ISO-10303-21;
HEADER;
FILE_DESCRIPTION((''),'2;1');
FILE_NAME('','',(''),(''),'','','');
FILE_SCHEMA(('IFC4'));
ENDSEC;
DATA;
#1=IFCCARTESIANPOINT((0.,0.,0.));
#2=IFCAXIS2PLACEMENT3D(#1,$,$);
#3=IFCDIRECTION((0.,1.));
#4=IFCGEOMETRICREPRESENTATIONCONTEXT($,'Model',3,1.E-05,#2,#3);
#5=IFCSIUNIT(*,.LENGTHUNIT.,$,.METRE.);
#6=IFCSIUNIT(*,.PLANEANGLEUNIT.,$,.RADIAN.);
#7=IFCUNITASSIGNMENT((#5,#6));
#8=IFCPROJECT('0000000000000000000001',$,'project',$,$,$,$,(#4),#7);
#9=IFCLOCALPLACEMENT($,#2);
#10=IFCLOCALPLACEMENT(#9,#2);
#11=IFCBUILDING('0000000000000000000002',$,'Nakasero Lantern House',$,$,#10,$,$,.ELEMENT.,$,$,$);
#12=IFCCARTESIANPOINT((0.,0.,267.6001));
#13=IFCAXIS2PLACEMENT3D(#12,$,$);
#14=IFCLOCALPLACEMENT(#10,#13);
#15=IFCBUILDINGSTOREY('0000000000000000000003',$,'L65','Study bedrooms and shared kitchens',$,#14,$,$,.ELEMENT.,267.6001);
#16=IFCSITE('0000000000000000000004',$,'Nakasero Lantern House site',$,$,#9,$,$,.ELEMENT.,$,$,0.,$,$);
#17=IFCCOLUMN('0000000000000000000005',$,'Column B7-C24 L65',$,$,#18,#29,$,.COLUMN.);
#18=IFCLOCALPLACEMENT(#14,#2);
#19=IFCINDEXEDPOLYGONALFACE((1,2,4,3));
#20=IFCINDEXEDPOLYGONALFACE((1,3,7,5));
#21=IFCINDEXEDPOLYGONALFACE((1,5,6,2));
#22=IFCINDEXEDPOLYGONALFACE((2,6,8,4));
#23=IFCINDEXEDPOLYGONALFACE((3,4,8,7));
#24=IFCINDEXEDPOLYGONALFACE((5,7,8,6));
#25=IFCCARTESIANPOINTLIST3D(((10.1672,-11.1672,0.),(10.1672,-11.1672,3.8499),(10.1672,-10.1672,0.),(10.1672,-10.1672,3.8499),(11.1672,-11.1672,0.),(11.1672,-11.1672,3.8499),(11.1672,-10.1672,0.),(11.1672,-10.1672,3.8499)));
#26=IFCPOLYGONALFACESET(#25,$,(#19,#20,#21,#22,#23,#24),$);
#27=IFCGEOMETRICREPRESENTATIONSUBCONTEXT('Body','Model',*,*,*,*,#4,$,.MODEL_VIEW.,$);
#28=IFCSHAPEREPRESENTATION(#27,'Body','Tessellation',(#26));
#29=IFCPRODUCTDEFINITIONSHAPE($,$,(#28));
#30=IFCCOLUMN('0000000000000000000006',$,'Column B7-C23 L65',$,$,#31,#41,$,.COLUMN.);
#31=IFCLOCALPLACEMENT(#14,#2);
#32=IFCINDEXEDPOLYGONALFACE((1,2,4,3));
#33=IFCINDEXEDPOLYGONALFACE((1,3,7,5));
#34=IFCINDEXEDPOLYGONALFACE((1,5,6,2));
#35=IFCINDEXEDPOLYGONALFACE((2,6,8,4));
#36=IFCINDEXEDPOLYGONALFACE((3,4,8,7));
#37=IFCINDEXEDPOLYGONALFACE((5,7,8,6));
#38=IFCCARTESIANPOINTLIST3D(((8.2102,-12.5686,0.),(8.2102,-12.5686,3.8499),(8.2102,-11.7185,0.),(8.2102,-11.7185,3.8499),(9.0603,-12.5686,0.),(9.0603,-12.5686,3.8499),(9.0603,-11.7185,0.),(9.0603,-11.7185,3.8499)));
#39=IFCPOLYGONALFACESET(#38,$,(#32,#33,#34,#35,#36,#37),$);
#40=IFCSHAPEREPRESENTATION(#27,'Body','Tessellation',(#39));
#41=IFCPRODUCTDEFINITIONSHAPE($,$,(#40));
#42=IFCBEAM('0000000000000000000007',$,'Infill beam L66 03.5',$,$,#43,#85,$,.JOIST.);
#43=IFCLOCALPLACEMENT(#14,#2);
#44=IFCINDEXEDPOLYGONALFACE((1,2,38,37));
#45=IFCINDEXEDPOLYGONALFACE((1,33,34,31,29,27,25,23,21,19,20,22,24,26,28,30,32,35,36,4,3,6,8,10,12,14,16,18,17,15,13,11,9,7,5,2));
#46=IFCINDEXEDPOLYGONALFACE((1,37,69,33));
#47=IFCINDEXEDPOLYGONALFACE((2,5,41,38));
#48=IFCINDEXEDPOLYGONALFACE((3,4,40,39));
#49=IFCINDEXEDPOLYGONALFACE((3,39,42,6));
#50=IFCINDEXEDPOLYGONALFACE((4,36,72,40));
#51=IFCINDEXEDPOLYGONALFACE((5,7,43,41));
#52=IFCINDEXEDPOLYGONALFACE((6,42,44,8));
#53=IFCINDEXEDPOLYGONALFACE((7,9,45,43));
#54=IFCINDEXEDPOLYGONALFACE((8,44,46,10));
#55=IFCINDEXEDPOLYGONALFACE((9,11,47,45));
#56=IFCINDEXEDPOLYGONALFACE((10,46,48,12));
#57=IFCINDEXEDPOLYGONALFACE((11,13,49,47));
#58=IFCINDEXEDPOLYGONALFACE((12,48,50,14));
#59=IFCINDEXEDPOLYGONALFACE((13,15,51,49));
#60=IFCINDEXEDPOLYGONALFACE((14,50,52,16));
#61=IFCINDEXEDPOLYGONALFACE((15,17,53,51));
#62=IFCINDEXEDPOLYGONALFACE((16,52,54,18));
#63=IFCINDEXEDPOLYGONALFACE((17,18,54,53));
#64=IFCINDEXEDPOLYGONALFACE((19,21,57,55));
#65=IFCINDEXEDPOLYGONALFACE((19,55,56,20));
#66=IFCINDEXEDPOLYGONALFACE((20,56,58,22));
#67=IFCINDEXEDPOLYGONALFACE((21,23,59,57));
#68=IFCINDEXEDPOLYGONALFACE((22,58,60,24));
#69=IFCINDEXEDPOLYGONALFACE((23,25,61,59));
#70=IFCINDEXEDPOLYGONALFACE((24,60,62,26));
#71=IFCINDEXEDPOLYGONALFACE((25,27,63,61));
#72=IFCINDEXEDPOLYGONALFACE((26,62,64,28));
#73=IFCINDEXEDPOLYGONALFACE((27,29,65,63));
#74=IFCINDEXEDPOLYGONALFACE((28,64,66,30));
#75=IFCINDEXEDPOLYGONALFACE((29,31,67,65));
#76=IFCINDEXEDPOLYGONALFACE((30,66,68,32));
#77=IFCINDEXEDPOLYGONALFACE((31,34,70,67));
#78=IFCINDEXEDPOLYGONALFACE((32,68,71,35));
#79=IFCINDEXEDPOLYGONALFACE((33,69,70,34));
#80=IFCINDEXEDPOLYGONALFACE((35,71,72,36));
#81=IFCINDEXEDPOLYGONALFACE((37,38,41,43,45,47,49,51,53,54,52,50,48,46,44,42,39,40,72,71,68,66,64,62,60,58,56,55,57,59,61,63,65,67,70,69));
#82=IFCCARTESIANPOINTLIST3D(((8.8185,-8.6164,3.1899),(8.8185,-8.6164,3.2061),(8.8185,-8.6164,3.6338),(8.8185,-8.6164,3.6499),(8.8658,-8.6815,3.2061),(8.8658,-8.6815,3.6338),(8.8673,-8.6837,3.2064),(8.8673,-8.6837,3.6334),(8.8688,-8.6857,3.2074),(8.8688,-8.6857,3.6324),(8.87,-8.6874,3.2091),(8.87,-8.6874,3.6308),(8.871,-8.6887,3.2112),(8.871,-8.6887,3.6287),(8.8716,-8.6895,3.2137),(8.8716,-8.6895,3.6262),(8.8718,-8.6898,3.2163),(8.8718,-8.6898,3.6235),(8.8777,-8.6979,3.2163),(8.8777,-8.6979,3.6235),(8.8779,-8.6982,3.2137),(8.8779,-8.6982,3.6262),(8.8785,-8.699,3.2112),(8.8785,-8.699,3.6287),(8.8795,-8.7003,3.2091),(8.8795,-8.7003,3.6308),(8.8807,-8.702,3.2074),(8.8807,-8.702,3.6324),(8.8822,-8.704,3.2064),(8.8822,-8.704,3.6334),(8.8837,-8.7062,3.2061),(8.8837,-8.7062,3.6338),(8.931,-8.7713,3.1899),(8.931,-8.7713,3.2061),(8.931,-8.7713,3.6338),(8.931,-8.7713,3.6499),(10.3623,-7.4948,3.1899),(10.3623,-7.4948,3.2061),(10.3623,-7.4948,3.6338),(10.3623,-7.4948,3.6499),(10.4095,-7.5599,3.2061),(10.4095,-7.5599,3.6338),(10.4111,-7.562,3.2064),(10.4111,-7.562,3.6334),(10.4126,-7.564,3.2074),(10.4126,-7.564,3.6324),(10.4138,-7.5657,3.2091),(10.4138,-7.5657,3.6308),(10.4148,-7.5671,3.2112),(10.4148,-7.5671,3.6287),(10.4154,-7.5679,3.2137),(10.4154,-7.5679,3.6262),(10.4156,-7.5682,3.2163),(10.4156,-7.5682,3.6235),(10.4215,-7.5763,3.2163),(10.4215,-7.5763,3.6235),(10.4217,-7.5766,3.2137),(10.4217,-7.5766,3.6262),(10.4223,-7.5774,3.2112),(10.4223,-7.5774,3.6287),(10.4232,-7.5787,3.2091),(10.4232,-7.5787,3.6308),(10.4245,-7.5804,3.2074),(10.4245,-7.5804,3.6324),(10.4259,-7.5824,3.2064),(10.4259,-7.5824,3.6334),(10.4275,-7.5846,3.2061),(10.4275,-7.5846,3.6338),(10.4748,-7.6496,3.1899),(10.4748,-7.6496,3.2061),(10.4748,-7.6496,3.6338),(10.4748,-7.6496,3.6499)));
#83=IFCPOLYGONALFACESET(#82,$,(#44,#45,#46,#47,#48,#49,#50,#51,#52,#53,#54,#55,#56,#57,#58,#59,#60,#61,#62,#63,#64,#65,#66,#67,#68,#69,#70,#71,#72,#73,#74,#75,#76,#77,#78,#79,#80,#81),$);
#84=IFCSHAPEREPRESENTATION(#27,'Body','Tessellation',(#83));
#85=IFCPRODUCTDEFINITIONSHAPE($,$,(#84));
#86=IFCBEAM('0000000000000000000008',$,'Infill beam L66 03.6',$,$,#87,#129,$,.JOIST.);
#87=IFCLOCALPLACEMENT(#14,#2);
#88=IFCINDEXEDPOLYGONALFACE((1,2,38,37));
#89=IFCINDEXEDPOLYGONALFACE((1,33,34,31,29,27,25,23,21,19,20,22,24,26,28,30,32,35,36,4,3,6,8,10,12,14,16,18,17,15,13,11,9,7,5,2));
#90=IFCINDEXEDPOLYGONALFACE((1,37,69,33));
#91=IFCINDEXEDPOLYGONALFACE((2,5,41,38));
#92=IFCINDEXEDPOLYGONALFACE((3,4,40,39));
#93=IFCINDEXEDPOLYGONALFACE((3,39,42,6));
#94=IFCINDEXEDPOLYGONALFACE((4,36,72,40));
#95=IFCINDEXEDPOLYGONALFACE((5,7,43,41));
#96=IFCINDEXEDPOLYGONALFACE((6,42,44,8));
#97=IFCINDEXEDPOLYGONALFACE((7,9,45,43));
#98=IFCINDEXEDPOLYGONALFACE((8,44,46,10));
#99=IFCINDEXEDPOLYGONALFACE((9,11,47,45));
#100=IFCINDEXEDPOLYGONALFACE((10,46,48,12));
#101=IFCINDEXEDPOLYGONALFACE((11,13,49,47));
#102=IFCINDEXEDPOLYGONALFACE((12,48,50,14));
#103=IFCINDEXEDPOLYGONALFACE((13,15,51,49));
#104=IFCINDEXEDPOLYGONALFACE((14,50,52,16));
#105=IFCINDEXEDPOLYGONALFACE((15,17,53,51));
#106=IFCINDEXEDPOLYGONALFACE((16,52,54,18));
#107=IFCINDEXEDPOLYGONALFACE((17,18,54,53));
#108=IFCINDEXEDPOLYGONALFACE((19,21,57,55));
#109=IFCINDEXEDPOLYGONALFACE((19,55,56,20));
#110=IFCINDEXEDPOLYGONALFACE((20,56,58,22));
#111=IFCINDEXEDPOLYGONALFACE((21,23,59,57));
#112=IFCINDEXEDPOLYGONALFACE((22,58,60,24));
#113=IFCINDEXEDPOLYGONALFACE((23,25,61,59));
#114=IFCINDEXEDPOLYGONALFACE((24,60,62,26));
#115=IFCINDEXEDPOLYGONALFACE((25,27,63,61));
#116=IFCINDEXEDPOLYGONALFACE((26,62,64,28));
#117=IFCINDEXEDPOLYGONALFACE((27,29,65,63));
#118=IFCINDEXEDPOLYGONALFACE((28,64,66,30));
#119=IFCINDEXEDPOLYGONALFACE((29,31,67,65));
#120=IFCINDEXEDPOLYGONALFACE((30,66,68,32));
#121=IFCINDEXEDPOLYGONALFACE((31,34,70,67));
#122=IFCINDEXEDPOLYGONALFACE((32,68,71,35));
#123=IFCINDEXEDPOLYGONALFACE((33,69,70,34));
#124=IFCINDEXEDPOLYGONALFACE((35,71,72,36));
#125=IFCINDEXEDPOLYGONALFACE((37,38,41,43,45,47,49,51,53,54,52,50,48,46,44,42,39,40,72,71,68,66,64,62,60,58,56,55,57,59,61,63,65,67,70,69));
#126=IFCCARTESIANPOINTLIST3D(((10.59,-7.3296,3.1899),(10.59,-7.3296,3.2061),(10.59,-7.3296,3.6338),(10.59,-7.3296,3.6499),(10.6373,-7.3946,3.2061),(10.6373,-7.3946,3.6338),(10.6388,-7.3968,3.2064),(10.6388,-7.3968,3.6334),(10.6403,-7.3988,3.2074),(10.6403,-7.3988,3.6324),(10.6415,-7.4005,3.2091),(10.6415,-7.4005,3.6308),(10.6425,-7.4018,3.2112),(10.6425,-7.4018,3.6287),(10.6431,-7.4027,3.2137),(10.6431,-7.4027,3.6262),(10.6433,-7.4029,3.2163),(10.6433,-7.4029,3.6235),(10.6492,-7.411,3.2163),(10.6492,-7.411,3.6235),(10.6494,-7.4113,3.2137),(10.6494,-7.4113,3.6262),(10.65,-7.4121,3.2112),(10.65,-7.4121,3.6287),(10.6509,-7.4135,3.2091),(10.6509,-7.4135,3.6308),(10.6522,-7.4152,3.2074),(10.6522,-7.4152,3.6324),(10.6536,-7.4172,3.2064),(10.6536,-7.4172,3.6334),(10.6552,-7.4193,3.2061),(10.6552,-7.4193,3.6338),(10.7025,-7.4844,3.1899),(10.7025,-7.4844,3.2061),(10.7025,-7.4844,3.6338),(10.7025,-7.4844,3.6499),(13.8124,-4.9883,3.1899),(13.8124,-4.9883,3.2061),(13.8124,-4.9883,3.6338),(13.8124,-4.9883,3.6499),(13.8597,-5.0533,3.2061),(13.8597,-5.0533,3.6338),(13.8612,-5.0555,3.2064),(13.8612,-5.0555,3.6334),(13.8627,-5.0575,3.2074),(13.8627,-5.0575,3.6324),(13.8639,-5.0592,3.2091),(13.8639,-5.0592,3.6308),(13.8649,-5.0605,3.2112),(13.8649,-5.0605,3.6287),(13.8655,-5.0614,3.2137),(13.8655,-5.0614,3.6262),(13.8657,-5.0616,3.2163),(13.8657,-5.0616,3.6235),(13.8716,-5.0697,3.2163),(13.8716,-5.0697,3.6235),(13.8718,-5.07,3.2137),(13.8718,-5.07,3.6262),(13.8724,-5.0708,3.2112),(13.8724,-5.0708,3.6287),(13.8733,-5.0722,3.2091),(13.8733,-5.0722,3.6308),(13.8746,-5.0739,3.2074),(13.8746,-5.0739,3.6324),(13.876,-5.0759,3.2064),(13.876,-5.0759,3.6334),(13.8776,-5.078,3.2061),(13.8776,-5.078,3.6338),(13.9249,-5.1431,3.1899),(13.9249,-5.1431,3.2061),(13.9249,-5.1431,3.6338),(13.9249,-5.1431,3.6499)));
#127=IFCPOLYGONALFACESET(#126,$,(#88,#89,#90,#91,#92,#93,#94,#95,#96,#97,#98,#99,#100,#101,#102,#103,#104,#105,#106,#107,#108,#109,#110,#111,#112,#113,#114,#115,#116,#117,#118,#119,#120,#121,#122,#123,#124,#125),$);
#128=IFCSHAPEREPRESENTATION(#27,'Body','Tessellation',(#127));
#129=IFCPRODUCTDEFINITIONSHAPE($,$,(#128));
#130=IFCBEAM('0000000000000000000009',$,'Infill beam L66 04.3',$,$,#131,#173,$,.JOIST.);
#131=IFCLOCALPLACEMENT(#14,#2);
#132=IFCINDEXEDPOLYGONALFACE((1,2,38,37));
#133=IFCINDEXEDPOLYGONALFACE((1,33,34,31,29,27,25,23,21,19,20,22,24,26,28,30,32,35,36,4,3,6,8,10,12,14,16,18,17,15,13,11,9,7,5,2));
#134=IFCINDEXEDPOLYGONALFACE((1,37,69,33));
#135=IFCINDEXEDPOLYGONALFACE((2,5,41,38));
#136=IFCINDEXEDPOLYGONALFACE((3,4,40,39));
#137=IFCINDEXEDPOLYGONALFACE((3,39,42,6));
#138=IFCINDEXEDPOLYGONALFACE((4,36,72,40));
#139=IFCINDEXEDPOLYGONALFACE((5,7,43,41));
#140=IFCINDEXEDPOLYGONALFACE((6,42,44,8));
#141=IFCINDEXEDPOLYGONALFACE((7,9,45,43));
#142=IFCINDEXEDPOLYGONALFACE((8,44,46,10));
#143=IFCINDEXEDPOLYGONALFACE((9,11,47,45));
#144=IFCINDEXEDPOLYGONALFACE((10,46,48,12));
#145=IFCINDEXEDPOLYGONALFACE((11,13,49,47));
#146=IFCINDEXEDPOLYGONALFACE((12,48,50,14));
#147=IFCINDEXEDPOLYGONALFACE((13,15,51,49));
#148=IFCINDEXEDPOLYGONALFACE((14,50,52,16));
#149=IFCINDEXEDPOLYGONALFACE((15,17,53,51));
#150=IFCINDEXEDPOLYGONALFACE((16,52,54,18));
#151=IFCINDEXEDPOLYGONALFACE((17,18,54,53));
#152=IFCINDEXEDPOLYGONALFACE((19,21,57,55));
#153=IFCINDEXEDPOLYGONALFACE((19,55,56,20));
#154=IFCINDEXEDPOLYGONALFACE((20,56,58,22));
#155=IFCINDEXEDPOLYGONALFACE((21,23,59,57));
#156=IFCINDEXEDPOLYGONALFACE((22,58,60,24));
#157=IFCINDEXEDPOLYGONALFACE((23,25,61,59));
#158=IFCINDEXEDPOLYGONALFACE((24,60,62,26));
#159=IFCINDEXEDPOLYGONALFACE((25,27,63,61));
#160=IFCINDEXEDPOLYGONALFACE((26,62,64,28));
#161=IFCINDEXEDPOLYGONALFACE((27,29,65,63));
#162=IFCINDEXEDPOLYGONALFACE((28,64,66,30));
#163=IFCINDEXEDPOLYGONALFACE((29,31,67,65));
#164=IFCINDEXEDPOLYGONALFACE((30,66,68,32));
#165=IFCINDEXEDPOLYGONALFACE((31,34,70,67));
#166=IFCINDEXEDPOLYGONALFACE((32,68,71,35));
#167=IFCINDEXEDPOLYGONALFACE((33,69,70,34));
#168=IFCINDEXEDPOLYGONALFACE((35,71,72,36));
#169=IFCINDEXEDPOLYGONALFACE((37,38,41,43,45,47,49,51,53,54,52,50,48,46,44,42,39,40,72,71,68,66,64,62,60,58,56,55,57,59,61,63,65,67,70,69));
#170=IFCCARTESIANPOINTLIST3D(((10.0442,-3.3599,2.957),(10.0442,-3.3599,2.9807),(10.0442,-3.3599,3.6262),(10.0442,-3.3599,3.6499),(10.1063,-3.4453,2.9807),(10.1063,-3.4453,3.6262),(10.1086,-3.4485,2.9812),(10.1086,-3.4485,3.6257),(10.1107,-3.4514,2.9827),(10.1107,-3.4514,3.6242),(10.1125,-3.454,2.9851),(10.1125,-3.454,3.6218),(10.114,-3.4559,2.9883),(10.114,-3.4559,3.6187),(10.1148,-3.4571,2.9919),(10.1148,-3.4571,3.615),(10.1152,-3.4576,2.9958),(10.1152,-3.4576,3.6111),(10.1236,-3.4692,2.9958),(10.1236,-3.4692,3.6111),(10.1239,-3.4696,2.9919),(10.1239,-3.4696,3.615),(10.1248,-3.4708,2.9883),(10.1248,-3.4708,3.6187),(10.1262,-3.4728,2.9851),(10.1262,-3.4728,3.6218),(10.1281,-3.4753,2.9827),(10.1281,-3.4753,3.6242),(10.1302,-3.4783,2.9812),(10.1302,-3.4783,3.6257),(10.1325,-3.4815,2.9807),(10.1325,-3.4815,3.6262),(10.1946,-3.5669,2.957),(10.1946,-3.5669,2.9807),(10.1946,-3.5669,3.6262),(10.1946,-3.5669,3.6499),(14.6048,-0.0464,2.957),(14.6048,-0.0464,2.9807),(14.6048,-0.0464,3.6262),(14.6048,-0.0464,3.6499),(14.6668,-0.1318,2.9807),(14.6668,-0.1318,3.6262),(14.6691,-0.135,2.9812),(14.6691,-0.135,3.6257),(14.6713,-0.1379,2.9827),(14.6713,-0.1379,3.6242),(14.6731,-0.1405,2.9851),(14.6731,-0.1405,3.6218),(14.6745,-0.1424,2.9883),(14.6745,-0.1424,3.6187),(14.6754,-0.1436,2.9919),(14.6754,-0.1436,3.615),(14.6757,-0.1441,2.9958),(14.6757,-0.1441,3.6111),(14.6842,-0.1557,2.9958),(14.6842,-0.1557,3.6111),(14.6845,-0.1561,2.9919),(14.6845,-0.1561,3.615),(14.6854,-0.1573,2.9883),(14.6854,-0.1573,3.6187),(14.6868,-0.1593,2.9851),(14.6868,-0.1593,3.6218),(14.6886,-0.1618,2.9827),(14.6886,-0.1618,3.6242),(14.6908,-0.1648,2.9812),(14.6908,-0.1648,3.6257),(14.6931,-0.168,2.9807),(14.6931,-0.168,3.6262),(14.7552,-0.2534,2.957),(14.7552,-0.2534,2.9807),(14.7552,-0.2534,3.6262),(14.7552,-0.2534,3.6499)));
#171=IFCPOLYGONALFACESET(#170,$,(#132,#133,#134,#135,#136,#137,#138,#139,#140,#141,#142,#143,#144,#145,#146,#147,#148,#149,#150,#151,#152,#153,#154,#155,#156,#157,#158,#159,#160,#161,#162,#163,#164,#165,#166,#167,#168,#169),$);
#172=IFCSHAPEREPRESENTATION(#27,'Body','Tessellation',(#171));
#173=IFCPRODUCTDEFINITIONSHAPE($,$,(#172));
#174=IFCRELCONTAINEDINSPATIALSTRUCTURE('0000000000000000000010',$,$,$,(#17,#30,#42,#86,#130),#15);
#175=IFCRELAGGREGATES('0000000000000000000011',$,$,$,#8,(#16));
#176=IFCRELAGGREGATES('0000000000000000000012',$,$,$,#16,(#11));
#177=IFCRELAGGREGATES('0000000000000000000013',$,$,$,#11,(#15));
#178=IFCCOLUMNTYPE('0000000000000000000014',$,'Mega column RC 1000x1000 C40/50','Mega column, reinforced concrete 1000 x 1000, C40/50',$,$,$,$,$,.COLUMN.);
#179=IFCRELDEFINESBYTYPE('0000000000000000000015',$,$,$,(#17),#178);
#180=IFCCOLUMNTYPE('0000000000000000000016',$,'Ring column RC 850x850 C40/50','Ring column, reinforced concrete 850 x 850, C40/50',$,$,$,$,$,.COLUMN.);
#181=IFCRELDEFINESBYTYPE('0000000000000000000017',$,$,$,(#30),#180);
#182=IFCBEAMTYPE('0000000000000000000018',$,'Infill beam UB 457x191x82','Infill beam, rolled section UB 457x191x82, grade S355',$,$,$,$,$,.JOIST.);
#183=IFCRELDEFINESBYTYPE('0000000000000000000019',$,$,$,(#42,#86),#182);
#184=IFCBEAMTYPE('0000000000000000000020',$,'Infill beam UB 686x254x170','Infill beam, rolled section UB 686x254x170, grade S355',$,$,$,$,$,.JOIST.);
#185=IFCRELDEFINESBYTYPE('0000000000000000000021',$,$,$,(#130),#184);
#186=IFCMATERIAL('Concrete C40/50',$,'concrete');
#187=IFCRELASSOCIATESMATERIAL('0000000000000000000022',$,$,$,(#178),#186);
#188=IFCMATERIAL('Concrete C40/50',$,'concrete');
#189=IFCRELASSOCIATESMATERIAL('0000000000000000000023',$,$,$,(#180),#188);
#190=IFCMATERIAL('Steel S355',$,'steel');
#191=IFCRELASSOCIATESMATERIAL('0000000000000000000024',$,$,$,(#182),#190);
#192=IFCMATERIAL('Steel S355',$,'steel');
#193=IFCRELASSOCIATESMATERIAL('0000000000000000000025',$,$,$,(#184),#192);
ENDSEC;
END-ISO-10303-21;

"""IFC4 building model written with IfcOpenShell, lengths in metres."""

from ifc_helpers import new_model, si_unit, direction, frame, origin, origin_2d, place, context, subcontext, project, spatial, rectangle, i_section, extrude, material, material_profile, profile_set, type_object, element, save


model = new_model("IFC4")

# Units and contexts
model_context = context("Model", 3, precision=1e-05, world=origin(), true_north=direction((0.0, 1.0)))
body_context = subcontext(model_context, "Body", "Model", "MODEL_VIEW")
ifc_project = project(units=[si_unit("LENGTHUNIT", "METRE"), si_unit("PLANEANGLEUNIT", "RADIAN")], contexts=[model_context])

# Site, building, storey
site_placement = place(None, origin())
site = spatial("IfcSite", under=ifc_project, at=site_placement, Name="Nakasero Lantern House site", CompositionType="ELEMENT", RefElevation=0.0)
building_placement = place(site_placement, origin())
building = spatial("IfcBuilding", under=site, at=building_placement, Name="Nakasero Lantern House", CompositionType="ELEMENT")
storey_placement = place(building_placement, frame((0.0, 0.0, 267.6001)))
storey = spatial("IfcBuildingStorey", under=building, at=storey_placement, Name="L65", Description="Study bedrooms and shared kitchens", CompositionType="ELEMENT", Elevation=267.6001)

# Columns
ifc_material_1 = material(Name="Concrete C40/50", Category="concrete")
ifc_material_profile_1 = material_profile(ifc_material_1, rectangle(XDim=1.0, YDim=1.0, at=origin_2d()), Name="RC 1000x1000")
ifc_profile_set_1 = profile_set([ifc_material_profile_1], Name="Concrete C40/50")
column_type_1 = type_object("IfcColumnType", Name="Mega column RC 1000x1000 C40/50", Description="Mega column, reinforced concrete 1000 x 1000, C40/50", PredefinedType="COLUMN", material=ifc_profile_set_1)
column_1_placement = place(storey_placement, frame((10.6672, -10.6672, 0.0), z_axis=(0.0, 0.0, 1.0), x_axis=(1.0, 0.0, 0.0)))
element("IfcColumn", 1, at=column_1_placement, inside=storey, type_object=column_type_1, Name="Column B7-C24 L65", PredefinedType="COLUMN", context=body_context, shape_type="SweptSolid", body=[
    extrude(rectangle(XDim=1.0, YDim=1.0, at=origin_2d()), origin(), (0.0, 0.0, 1.0), 3.8499),
])
ifc_material_2 = material(Name="Concrete C40/50", Category="concrete")
ifc_material_profile_2 = material_profile(ifc_material_2, rectangle(XDim=0.8501, YDim=0.8501, at=origin_2d()), Name="RC 850x850")
ifc_profile_set_2 = profile_set([ifc_material_profile_2], Name="Concrete C40/50")
column_type_2 = type_object("IfcColumnType", Name="Ring column RC 850x850 C40/50", Description="Ring column, reinforced concrete 850 x 850, C40/50", PredefinedType="COLUMN", material=ifc_profile_set_2)
column_2_placement = place(storey_placement, frame((8.6353, -12.1436, 0.0), z_axis=(0.0, 0.0, 1.0), x_axis=(1.0, 0.0, 0.0)))
element("IfcColumn", 2, at=column_2_placement, inside=storey, type_object=column_type_2, Name="Column B7-C23 L65", PredefinedType="COLUMN", context=body_context, shape_type="SweptSolid", body=[
    extrude(rectangle(XDim=0.8501, YDim=0.8501, at=origin_2d()), origin(), (0.0, 0.0, 1.0), 3.8499),
])

# Beams
ifc_material_3 = material(Name="Steel S355", Category="steel")
ifc_material_profile_3 = material_profile(ifc_material_3, i_section(OverallWidth=0.1914, OverallDepth=0.46, WebThickness=0.01, FlangeThickness=0.0161, FilletRadius=0.0103, at=origin_2d()), Name="UB 457x191x82")
ifc_profile_set_3 = profile_set([ifc_material_profile_3], Name="Steel S355")
beam_type_1 = type_object("IfcBeamType", Name="Infill beam UB 457x191x82", Description="Infill beam, rolled section UB 457x191x82, grade S355", PredefinedType="JOIST", material=ifc_profile_set_3)
beam_1_placement = place(storey_placement, frame((8.8748, -8.6938, 3.4199), z_axis=(0.809013, 0.587791, 0.0), x_axis=(-0.587791, 0.809013, 0.0)))
element("IfcBeam", 3, at=beam_1_placement, inside=storey, type_object=beam_type_1, Name="Infill beam L66 03.5", PredefinedType="JOIST", context=body_context, shape_type="SweptSolid", body=[
    extrude(i_section(OverallWidth=0.1914, OverallDepth=0.46, WebThickness=0.01, FlangeThickness=0.0161, FilletRadius=0.0103, at=origin_2d()), origin(), (0.0, 0.0, 1.0), 1.9082),
])
beam_2_placement = place(storey_placement, frame((10.6462, -7.407, 3.4199), z_axis=(0.809006, 0.5878, 0.0), x_axis=(-0.5878, 0.809006, 0.0)))
element("IfcBeam", 4, at=beam_2_placement, inside=storey, type_object=beam_type_1, Name="Infill beam L66 03.6", PredefinedType="JOIST", context=body_context, shape_type="SweptSolid", body=[
    extrude(i_section(OverallWidth=0.1914, OverallDepth=0.46, WebThickness=0.01, FlangeThickness=0.0161, FilletRadius=0.0103, at=origin_2d()), origin(), (0.0, 0.0, 1.0), 3.9832),
])
ifc_material_4 = material(Name="Steel S355", Category="steel")
ifc_material_profile_4 = material_profile(ifc_material_4, i_section(OverallWidth=0.2559, OverallDepth=0.6929, WebThickness=0.0144, FlangeThickness=0.0237, FilletRadius=0.0151, at=origin_2d()), Name="UB 686x254x170")
ifc_profile_set_4 = profile_set([ifc_material_profile_4], Name="Steel S355")
beam_type_2 = type_object("IfcBeamType", Name="Infill beam UB 686x254x170", Description="Infill beam, rolled section UB 686x254x170, grade S355", PredefinedType="JOIST", material=ifc_profile_set_4)
beam_3_placement = place(storey_placement, frame((10.1194, -3.4634, 3.3035), z_axis=(0.809013, 0.587791, 0.0), x_axis=(-0.587791, 0.809013, 0.0)))
element("IfcBeam", 5, at=beam_3_placement, inside=storey, type_object=beam_type_2, Name="Infill beam L66 04.3", PredefinedType="JOIST", context=body_context, shape_type="SweptSolid", body=[
    extrude(i_section(OverallWidth=0.2559, OverallDepth=0.6929, WebThickness=0.0144, FlangeThickness=0.0237, FilletRadius=0.0151, at=origin_2d()), origin(), (0.0, 0.0, 1.0), 5.6372),
])

save(model, "model.ifc")
